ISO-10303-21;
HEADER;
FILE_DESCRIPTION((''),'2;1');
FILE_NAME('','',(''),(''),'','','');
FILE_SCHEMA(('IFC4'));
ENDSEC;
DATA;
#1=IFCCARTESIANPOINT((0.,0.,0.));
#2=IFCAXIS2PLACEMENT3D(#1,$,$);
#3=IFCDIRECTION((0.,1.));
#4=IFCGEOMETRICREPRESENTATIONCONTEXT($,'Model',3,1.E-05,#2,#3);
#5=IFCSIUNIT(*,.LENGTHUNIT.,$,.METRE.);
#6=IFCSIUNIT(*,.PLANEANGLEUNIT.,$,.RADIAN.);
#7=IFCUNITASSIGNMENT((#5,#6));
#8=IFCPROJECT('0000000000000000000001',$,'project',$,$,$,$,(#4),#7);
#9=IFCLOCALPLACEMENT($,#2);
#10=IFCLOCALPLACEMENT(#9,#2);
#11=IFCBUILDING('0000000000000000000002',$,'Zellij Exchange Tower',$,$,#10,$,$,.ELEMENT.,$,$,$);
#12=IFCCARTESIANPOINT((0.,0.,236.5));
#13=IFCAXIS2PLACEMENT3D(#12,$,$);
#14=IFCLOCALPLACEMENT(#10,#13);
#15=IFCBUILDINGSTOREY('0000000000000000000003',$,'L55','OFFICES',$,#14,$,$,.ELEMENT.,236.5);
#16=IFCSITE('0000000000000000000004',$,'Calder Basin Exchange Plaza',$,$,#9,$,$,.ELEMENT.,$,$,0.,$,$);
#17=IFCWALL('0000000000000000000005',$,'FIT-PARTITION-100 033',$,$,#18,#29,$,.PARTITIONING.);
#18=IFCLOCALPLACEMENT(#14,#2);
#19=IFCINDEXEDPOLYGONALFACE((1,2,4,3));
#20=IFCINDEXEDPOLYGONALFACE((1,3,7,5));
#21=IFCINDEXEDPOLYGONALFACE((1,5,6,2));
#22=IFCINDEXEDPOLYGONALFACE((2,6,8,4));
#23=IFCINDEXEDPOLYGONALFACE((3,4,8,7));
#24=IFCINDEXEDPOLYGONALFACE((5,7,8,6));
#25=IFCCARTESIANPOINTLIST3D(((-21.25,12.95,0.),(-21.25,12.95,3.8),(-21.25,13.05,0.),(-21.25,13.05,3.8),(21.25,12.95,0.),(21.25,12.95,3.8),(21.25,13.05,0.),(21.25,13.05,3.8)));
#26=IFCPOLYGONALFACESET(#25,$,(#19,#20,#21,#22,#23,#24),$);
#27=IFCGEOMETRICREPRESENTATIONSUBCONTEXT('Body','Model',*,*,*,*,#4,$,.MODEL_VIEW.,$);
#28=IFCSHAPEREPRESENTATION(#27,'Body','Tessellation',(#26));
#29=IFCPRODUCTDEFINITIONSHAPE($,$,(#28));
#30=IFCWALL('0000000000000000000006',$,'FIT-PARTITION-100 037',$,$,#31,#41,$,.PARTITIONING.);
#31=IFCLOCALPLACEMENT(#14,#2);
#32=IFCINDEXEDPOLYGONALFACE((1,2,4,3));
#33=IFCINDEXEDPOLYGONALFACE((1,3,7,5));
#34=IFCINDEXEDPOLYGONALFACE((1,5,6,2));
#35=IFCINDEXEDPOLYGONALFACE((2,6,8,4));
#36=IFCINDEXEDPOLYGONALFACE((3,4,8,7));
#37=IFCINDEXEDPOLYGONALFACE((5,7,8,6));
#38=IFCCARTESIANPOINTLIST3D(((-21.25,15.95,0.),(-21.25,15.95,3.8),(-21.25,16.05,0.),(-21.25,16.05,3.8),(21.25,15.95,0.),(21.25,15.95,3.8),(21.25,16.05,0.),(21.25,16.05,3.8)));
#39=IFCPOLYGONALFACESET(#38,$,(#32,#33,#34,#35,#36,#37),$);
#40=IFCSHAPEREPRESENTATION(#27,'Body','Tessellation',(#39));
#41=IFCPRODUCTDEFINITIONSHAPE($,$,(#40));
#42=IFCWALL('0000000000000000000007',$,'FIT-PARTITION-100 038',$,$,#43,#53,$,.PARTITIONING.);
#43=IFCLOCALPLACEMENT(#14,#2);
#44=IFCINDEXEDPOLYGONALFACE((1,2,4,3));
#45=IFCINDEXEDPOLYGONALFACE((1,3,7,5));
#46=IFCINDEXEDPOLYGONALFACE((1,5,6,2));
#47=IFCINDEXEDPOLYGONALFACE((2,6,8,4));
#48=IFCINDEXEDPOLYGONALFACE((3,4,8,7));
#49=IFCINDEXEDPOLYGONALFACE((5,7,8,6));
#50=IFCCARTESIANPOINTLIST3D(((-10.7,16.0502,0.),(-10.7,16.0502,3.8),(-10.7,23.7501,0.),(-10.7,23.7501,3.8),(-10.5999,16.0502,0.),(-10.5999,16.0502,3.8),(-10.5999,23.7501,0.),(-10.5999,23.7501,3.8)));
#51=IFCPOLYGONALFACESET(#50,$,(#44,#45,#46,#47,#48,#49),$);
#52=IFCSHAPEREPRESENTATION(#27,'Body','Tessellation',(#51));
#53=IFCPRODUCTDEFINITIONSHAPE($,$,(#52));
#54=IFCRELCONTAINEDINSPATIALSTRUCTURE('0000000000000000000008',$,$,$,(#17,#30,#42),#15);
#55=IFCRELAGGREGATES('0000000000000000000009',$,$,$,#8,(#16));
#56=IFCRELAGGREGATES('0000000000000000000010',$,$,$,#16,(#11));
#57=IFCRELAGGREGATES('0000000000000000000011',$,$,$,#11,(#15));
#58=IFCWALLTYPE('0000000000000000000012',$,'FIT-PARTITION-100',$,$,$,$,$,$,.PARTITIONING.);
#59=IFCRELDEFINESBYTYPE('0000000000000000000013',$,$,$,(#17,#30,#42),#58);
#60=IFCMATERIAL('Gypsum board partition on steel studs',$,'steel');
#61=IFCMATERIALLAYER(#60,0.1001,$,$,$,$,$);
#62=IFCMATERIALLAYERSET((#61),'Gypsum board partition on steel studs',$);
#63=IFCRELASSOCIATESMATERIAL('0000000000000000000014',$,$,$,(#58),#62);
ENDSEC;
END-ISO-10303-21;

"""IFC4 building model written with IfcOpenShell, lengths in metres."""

from ifc_helpers import new_model, si_unit, direction, frame, frame_2d, origin, place, context, subcontext, project, spatial, rectangle, extrude, material, layer, layer_set, type_object, element, save


model = new_model("IFC4")

# Units and contexts
model_context = context("Model", 3, precision=1e-05, world=origin(), true_north=direction((0.0, 1.0)))
body_context = subcontext(model_context, "Body", "Model", "MODEL_VIEW")
ifc_project = project(units=[si_unit("LENGTHUNIT", "METRE"), si_unit("PLANEANGLEUNIT", "RADIAN")], contexts=[model_context])

# Site, building, storey
site_placement = place(None, origin())
site = spatial("IfcSite", under=ifc_project, at=site_placement, Name="Calder Basin Exchange Plaza", CompositionType="ELEMENT", RefElevation=0.0)
building_placement = place(site_placement, origin())
building = spatial("IfcBuilding", under=site, at=building_placement, Name="Zellij Exchange Tower", CompositionType="ELEMENT")
storey_placement = place(building_placement, frame((0.0, 0.0, 236.5)))
storey = spatial("IfcBuildingStorey", under=building, at=storey_placement, Name="L55", Description="OFFICES", CompositionType="ELEMENT", Elevation=236.5)

# Shared definitions
ifc_material_1 = material(Name="Gypsum board partition on steel studs", Category="steel")
ifc_layer = layer(ifc_material_1, 0.1001)
ifc_layer_set = layer_set([ifc_layer], Name="Gypsum board partition on steel studs")
wall_type = type_object("IfcWallType", Name="FIT-PARTITION-100", PredefinedType="PARTITIONING", material=ifc_layer_set)

# Walls
for number, where, z_axis, x_axis, name in (
    (1, (-21.25, 13.0, 0.0), (0.0, 0.0, 1.0), (1.0, 0.0, 0.0), "FIT-PARTITION-100 033"),
    (2, (-21.25, 16.0, 0.0), (0.0, 0.0, 1.0), (1.0, 0.0, 0.0), "FIT-PARTITION-100 037"),
):
    element("IfcWall", number, at=place(storey_placement, frame(where, z_axis=z_axis, x_axis=x_axis)), inside=storey, type_object=wall_type, Name=name, PredefinedType="PARTITIONING", context=body_context, shape_type="SweptSolid", body=[
        extrude(rectangle(XDim=42.5, YDim=0.1001, at=frame_2d((21.25, 0.0))), origin(), (0.0, 0.0, 1.0), 3.8),
    ])
wall_1_placement = place(storey_placement, frame((-10.6499, 16.05, 0.0), z_axis=(0.0, 0.0, 1.0), x_axis=(0.0, 1.0, 0.0)))
element("IfcWall", 3, at=wall_1_placement, inside=storey, type_object=wall_type, Name="FIT-PARTITION-100 038", PredefinedType="PARTITIONING", context=body_context, shape_type="SweptSolid", body=[
    extrude(rectangle(XDim=7.7, YDim=0.1001, at=frame_2d((3.8501, 0.0))), origin(), (0.0, 0.0, 1.0), 3.8),
])

save(model, "model.ifc")
